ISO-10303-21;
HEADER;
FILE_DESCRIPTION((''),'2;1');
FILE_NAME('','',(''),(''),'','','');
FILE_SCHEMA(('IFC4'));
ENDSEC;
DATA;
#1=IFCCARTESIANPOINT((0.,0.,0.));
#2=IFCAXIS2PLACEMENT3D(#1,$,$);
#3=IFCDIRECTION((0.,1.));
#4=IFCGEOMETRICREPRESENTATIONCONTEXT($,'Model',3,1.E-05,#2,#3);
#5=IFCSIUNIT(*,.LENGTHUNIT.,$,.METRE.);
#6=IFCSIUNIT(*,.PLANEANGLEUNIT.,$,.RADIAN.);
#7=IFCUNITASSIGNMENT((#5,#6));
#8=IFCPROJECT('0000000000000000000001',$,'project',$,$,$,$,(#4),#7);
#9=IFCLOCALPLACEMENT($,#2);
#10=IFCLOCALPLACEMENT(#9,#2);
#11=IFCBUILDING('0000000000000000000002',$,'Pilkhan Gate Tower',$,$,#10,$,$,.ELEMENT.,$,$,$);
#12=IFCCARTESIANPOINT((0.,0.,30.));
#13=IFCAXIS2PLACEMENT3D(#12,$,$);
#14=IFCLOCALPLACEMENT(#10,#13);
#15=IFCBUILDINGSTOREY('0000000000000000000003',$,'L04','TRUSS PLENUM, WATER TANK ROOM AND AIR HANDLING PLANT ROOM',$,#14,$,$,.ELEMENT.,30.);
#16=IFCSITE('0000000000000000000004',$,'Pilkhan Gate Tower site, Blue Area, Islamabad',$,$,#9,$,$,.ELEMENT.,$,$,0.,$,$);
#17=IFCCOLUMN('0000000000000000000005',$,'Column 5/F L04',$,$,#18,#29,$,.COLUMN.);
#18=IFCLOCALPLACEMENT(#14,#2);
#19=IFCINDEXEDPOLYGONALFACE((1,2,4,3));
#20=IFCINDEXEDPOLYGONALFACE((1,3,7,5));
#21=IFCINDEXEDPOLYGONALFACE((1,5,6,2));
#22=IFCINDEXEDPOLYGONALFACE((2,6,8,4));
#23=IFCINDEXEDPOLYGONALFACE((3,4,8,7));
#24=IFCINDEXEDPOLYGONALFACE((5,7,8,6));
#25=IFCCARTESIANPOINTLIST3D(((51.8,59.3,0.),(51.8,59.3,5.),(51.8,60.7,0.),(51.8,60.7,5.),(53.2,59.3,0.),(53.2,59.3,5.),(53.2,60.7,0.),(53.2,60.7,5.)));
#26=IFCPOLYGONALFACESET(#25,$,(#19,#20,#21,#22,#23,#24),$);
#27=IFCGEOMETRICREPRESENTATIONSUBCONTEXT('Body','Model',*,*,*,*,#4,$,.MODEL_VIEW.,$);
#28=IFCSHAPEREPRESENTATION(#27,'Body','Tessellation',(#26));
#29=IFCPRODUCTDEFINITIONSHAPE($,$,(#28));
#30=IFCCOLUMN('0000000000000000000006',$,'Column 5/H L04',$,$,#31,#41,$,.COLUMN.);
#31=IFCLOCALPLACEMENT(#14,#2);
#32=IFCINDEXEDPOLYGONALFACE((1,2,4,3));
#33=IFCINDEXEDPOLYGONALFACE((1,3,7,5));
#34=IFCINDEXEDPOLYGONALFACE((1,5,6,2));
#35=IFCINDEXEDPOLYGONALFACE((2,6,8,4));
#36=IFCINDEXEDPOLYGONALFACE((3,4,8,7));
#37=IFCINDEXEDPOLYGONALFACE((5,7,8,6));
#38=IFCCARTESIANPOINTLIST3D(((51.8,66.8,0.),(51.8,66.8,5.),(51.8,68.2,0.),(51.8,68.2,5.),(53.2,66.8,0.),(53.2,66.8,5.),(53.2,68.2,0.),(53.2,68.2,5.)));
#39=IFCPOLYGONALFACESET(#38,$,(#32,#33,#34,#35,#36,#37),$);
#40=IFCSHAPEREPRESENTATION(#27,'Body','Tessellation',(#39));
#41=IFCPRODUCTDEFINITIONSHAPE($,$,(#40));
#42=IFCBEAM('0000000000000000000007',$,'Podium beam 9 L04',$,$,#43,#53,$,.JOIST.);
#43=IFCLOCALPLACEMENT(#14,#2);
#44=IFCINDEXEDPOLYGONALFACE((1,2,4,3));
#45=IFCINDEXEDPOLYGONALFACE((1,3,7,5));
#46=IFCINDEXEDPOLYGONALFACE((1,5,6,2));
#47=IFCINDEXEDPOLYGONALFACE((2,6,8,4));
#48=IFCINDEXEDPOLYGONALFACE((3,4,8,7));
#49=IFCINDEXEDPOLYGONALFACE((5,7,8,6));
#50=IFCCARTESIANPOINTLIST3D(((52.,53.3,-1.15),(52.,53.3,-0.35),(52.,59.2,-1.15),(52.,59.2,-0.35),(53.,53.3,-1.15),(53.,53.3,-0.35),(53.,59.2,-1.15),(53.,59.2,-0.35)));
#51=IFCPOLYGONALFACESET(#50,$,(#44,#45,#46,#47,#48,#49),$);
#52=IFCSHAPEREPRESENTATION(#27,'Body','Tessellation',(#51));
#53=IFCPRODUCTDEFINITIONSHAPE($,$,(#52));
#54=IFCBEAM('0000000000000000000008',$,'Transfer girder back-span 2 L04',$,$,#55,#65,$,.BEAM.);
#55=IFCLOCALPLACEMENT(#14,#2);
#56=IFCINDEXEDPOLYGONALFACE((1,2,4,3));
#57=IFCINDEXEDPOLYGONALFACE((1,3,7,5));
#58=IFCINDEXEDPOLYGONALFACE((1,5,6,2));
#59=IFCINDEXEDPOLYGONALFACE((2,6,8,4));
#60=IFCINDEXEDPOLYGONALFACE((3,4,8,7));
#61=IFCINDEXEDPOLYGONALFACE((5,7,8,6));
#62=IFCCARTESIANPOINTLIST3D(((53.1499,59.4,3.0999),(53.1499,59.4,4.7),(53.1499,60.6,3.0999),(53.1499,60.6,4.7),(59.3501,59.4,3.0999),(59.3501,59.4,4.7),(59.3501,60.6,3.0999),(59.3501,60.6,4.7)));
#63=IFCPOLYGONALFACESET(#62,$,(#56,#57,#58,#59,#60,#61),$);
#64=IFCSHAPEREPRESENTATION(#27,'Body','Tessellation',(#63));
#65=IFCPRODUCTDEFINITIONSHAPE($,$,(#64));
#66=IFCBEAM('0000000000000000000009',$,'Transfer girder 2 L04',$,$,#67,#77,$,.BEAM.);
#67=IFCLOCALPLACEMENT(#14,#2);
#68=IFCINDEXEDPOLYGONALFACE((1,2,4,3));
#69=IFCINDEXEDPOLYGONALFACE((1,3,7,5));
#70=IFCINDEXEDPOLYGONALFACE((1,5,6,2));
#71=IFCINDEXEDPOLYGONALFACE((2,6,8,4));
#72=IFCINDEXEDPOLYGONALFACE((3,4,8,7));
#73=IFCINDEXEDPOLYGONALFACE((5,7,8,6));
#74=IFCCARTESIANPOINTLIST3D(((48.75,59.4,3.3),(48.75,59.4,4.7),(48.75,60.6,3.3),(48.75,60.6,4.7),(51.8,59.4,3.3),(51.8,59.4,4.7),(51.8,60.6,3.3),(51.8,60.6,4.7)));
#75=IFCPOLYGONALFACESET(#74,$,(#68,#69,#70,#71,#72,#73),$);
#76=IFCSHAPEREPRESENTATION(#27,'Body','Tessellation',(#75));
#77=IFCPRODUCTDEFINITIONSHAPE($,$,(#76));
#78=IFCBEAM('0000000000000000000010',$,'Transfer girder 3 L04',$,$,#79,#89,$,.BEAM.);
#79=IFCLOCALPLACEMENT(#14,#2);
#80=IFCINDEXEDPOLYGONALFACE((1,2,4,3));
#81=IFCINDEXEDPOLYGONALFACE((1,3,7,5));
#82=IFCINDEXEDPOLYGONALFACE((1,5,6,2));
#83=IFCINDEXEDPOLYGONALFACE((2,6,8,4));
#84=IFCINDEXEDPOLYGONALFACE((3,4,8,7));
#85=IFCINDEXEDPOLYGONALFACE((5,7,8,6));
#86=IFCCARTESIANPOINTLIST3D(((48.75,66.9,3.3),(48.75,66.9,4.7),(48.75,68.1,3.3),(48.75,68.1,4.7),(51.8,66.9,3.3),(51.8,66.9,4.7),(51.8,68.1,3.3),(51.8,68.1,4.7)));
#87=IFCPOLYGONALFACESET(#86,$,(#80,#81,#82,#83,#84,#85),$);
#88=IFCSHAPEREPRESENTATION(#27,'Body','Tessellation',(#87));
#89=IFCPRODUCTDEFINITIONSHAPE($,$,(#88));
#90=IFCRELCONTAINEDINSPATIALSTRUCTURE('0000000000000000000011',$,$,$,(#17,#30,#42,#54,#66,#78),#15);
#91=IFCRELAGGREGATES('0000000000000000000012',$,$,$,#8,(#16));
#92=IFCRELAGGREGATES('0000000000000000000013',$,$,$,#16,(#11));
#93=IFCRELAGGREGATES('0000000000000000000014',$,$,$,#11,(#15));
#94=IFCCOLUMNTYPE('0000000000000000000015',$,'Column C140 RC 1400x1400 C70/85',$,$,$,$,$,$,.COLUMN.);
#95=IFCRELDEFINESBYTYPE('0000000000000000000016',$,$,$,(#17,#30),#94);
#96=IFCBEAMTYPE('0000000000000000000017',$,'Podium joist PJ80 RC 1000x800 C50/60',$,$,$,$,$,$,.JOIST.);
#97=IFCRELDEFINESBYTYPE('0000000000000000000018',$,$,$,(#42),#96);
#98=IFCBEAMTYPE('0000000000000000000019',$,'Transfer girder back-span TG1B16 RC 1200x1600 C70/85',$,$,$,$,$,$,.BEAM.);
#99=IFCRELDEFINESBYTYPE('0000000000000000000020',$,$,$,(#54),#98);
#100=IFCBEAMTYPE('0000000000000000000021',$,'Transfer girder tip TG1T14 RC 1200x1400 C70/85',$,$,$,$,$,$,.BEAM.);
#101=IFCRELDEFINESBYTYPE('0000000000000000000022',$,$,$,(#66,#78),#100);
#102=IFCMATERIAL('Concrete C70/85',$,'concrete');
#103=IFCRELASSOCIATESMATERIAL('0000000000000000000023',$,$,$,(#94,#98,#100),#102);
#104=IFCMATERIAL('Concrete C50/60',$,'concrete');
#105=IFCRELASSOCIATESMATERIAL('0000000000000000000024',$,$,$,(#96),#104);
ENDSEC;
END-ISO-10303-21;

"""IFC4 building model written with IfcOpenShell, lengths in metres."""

from ifc_helpers import new_model, si_unit, direction, frame, origin, origin_2d, place, context, subcontext, project, spatial, rectangle, extrude, material, material_profile, profile_set, type_object, element, save


model = new_model("IFC4")

# Units and contexts
model_context = context("Model", 3, precision=1e-05, world=origin(), true_north=direction((0.0, 1.0)))
body_context = subcontext(model_context, "Body", "Model", "MODEL_VIEW")
ifc_project = project(units=[si_unit("LENGTHUNIT", "METRE"), si_unit("PLANEANGLEUNIT", "RADIAN")], contexts=[model_context])

# Site, building, storey
site_placement = place(None, origin())
site = spatial("IfcSite", under=ifc_project, at=site_placement, Name="Pilkhan Gate Tower site, Blue Area, Islamabad", CompositionType="ELEMENT", RefElevation=0.0)
building_placement = place(site_placement, origin())
building = spatial("IfcBuilding", under=site, at=building_placement, Name="Pilkhan Gate Tower", CompositionType="ELEMENT")
storey_placement = place(building_placement, frame((0.0, 0.0, 30.0)))
storey = spatial("IfcBuildingStorey", under=building, at=storey_placement, Name="L04", Description="TRUSS PLENUM, WATER TANK ROOM AND AIR HANDLING PLANT ROOM", CompositionType="ELEMENT", Elevation=30.0)

# Columns
ifc_material_1 = material(Name="Concrete C70/85", Category="concrete")
ifc_material_profile_1 = material_profile(ifc_material_1, rectangle(XDim=1.3999, YDim=1.3999, at=origin_2d()), Name="RC 1400x1400")
ifc_profile_set_1 = profile_set([ifc_material_profile_1], Name="Concrete C70/85")
column_type = type_object("IfcColumnType", Name="Column C140 RC 1400x1400 C70/85", PredefinedType="COLUMN", material=ifc_profile_set_1)
for number, where, z_axis, x_axis, name in (
    (1, (52.5, 60.0, 0.0), (0.0, 0.0, 1.0), (1.0, 0.0, 0.0), "Column 5/F L04"),
    (2, (52.5, 67.5, 0.0), (0.0, 0.0, 1.0), (1.0, 0.0, 0.0), "Column 5/H L04"),
):
    element("IfcColumn", number, at=place(storey_placement, frame(where, z_axis=z_axis, x_axis=x_axis)), inside=storey, type_object=column_type, Name=name, PredefinedType="COLUMN", context=body_context, shape_type="SweptSolid", body=[
        extrude(rectangle(XDim=1.3999, YDim=1.3999, at=origin_2d()), origin(), (0.0, 0.0, 1.0), 5.0),
    ])

# Beams
ifc_material_2 = material(Name="Concrete C50/60", Category="concrete")
ifc_material_profile_2 = material_profile(ifc_material_2, rectangle(XDim=1.0, YDim=0.8, at=origin_2d()), Name="RC 1000x800")
ifc_profile_set_2 = profile_set([ifc_material_profile_2], Name="Concrete C50/60")
beam_type_1 = type_object("IfcBeamType", Name="Podium joist PJ80 RC 1000x800 C50/60", PredefinedType="JOIST", material=ifc_profile_set_2)
beam_1_placement = place(storey_placement, frame((52.5, 53.3, -0.75), z_axis=(0.0, 1.0, 0.0), x_axis=(-1.0, 0.0, 0.0)))
element("IfcBeam", 3, at=beam_1_placement, inside=storey, type_object=beam_type_1, Name="Podium beam 9 L04", PredefinedType="JOIST", context=body_context, shape_type="SweptSolid", body=[
    extrude(rectangle(XDim=1.0, YDim=0.8, at=origin_2d()), origin(), (0.0, 0.0, 1.0), 5.8999),
])
ifc_material_profile_3 = material_profile(ifc_material_1, rectangle(XDim=1.2, YDim=1.6001, at=origin_2d()), Name="RC 1200x1600")
ifc_profile_set_3 = profile_set([ifc_material_profile_3], Name="Concrete C70/85")
beam_type_2 = type_object("IfcBeamType", Name="Transfer girder back-span TG1B16 RC 1200x1600 C70/85", PredefinedType="BEAM", material=ifc_profile_set_3)
beam_2_placement = place(storey_placement, frame((53.1499, 60.0, 3.8999), z_axis=(1.0, 0.0, 0.0), x_axis=(0.0, 1.0, 0.0)))
element("IfcBeam", 4, at=beam_2_placement, inside=storey, type_object=beam_type_2, Name="Transfer girder back-span 2 L04", PredefinedType="BEAM", context=body_context, shape_type="SweptSolid", body=[
    extrude(rectangle(XDim=1.2, YDim=1.6001, at=origin_2d()), origin(), (0.0, 0.0, 1.0), 6.2002),
])
ifc_material_profile_4 = material_profile(ifc_material_1, rectangle(XDim=1.2, YDim=1.3999, at=origin_2d()), Name="RC 1200x1400")
ifc_profile_set_4 = profile_set([ifc_material_profile_4], Name="Concrete C70/85")
beam_type_3 = type_object("IfcBeamType", Name="Transfer girder tip TG1T14 RC 1200x1400 C70/85", PredefinedType="BEAM", material=ifc_profile_set_4)
for number, where, z_axis, x_axis, name in (
    (5, (48.75, 60.0, 4.0), (1.0, 0.0, 0.0), (0.0, 1.0, 0.0), "Transfer girder 2 L04"),
    (6, (48.75, 67.5, 4.0), (1.0, 0.0, 0.0), (0.0, 1.0, 0.0), "Transfer girder 3 L04"),
):
    element("IfcBeam", number, at=place(storey_placement, frame(where, z_axis=z_axis, x_axis=x_axis)), inside=storey, type_object=beam_type_3, Name=name, PredefinedType="BEAM", context=body_context, shape_type="SweptSolid", body=[
        extrude(rectangle(XDim=1.2, YDim=1.3999, at=origin_2d()), origin(), (0.0, 0.0, 1.0), 3.05),
    ])

save(model, "model.ifc")
